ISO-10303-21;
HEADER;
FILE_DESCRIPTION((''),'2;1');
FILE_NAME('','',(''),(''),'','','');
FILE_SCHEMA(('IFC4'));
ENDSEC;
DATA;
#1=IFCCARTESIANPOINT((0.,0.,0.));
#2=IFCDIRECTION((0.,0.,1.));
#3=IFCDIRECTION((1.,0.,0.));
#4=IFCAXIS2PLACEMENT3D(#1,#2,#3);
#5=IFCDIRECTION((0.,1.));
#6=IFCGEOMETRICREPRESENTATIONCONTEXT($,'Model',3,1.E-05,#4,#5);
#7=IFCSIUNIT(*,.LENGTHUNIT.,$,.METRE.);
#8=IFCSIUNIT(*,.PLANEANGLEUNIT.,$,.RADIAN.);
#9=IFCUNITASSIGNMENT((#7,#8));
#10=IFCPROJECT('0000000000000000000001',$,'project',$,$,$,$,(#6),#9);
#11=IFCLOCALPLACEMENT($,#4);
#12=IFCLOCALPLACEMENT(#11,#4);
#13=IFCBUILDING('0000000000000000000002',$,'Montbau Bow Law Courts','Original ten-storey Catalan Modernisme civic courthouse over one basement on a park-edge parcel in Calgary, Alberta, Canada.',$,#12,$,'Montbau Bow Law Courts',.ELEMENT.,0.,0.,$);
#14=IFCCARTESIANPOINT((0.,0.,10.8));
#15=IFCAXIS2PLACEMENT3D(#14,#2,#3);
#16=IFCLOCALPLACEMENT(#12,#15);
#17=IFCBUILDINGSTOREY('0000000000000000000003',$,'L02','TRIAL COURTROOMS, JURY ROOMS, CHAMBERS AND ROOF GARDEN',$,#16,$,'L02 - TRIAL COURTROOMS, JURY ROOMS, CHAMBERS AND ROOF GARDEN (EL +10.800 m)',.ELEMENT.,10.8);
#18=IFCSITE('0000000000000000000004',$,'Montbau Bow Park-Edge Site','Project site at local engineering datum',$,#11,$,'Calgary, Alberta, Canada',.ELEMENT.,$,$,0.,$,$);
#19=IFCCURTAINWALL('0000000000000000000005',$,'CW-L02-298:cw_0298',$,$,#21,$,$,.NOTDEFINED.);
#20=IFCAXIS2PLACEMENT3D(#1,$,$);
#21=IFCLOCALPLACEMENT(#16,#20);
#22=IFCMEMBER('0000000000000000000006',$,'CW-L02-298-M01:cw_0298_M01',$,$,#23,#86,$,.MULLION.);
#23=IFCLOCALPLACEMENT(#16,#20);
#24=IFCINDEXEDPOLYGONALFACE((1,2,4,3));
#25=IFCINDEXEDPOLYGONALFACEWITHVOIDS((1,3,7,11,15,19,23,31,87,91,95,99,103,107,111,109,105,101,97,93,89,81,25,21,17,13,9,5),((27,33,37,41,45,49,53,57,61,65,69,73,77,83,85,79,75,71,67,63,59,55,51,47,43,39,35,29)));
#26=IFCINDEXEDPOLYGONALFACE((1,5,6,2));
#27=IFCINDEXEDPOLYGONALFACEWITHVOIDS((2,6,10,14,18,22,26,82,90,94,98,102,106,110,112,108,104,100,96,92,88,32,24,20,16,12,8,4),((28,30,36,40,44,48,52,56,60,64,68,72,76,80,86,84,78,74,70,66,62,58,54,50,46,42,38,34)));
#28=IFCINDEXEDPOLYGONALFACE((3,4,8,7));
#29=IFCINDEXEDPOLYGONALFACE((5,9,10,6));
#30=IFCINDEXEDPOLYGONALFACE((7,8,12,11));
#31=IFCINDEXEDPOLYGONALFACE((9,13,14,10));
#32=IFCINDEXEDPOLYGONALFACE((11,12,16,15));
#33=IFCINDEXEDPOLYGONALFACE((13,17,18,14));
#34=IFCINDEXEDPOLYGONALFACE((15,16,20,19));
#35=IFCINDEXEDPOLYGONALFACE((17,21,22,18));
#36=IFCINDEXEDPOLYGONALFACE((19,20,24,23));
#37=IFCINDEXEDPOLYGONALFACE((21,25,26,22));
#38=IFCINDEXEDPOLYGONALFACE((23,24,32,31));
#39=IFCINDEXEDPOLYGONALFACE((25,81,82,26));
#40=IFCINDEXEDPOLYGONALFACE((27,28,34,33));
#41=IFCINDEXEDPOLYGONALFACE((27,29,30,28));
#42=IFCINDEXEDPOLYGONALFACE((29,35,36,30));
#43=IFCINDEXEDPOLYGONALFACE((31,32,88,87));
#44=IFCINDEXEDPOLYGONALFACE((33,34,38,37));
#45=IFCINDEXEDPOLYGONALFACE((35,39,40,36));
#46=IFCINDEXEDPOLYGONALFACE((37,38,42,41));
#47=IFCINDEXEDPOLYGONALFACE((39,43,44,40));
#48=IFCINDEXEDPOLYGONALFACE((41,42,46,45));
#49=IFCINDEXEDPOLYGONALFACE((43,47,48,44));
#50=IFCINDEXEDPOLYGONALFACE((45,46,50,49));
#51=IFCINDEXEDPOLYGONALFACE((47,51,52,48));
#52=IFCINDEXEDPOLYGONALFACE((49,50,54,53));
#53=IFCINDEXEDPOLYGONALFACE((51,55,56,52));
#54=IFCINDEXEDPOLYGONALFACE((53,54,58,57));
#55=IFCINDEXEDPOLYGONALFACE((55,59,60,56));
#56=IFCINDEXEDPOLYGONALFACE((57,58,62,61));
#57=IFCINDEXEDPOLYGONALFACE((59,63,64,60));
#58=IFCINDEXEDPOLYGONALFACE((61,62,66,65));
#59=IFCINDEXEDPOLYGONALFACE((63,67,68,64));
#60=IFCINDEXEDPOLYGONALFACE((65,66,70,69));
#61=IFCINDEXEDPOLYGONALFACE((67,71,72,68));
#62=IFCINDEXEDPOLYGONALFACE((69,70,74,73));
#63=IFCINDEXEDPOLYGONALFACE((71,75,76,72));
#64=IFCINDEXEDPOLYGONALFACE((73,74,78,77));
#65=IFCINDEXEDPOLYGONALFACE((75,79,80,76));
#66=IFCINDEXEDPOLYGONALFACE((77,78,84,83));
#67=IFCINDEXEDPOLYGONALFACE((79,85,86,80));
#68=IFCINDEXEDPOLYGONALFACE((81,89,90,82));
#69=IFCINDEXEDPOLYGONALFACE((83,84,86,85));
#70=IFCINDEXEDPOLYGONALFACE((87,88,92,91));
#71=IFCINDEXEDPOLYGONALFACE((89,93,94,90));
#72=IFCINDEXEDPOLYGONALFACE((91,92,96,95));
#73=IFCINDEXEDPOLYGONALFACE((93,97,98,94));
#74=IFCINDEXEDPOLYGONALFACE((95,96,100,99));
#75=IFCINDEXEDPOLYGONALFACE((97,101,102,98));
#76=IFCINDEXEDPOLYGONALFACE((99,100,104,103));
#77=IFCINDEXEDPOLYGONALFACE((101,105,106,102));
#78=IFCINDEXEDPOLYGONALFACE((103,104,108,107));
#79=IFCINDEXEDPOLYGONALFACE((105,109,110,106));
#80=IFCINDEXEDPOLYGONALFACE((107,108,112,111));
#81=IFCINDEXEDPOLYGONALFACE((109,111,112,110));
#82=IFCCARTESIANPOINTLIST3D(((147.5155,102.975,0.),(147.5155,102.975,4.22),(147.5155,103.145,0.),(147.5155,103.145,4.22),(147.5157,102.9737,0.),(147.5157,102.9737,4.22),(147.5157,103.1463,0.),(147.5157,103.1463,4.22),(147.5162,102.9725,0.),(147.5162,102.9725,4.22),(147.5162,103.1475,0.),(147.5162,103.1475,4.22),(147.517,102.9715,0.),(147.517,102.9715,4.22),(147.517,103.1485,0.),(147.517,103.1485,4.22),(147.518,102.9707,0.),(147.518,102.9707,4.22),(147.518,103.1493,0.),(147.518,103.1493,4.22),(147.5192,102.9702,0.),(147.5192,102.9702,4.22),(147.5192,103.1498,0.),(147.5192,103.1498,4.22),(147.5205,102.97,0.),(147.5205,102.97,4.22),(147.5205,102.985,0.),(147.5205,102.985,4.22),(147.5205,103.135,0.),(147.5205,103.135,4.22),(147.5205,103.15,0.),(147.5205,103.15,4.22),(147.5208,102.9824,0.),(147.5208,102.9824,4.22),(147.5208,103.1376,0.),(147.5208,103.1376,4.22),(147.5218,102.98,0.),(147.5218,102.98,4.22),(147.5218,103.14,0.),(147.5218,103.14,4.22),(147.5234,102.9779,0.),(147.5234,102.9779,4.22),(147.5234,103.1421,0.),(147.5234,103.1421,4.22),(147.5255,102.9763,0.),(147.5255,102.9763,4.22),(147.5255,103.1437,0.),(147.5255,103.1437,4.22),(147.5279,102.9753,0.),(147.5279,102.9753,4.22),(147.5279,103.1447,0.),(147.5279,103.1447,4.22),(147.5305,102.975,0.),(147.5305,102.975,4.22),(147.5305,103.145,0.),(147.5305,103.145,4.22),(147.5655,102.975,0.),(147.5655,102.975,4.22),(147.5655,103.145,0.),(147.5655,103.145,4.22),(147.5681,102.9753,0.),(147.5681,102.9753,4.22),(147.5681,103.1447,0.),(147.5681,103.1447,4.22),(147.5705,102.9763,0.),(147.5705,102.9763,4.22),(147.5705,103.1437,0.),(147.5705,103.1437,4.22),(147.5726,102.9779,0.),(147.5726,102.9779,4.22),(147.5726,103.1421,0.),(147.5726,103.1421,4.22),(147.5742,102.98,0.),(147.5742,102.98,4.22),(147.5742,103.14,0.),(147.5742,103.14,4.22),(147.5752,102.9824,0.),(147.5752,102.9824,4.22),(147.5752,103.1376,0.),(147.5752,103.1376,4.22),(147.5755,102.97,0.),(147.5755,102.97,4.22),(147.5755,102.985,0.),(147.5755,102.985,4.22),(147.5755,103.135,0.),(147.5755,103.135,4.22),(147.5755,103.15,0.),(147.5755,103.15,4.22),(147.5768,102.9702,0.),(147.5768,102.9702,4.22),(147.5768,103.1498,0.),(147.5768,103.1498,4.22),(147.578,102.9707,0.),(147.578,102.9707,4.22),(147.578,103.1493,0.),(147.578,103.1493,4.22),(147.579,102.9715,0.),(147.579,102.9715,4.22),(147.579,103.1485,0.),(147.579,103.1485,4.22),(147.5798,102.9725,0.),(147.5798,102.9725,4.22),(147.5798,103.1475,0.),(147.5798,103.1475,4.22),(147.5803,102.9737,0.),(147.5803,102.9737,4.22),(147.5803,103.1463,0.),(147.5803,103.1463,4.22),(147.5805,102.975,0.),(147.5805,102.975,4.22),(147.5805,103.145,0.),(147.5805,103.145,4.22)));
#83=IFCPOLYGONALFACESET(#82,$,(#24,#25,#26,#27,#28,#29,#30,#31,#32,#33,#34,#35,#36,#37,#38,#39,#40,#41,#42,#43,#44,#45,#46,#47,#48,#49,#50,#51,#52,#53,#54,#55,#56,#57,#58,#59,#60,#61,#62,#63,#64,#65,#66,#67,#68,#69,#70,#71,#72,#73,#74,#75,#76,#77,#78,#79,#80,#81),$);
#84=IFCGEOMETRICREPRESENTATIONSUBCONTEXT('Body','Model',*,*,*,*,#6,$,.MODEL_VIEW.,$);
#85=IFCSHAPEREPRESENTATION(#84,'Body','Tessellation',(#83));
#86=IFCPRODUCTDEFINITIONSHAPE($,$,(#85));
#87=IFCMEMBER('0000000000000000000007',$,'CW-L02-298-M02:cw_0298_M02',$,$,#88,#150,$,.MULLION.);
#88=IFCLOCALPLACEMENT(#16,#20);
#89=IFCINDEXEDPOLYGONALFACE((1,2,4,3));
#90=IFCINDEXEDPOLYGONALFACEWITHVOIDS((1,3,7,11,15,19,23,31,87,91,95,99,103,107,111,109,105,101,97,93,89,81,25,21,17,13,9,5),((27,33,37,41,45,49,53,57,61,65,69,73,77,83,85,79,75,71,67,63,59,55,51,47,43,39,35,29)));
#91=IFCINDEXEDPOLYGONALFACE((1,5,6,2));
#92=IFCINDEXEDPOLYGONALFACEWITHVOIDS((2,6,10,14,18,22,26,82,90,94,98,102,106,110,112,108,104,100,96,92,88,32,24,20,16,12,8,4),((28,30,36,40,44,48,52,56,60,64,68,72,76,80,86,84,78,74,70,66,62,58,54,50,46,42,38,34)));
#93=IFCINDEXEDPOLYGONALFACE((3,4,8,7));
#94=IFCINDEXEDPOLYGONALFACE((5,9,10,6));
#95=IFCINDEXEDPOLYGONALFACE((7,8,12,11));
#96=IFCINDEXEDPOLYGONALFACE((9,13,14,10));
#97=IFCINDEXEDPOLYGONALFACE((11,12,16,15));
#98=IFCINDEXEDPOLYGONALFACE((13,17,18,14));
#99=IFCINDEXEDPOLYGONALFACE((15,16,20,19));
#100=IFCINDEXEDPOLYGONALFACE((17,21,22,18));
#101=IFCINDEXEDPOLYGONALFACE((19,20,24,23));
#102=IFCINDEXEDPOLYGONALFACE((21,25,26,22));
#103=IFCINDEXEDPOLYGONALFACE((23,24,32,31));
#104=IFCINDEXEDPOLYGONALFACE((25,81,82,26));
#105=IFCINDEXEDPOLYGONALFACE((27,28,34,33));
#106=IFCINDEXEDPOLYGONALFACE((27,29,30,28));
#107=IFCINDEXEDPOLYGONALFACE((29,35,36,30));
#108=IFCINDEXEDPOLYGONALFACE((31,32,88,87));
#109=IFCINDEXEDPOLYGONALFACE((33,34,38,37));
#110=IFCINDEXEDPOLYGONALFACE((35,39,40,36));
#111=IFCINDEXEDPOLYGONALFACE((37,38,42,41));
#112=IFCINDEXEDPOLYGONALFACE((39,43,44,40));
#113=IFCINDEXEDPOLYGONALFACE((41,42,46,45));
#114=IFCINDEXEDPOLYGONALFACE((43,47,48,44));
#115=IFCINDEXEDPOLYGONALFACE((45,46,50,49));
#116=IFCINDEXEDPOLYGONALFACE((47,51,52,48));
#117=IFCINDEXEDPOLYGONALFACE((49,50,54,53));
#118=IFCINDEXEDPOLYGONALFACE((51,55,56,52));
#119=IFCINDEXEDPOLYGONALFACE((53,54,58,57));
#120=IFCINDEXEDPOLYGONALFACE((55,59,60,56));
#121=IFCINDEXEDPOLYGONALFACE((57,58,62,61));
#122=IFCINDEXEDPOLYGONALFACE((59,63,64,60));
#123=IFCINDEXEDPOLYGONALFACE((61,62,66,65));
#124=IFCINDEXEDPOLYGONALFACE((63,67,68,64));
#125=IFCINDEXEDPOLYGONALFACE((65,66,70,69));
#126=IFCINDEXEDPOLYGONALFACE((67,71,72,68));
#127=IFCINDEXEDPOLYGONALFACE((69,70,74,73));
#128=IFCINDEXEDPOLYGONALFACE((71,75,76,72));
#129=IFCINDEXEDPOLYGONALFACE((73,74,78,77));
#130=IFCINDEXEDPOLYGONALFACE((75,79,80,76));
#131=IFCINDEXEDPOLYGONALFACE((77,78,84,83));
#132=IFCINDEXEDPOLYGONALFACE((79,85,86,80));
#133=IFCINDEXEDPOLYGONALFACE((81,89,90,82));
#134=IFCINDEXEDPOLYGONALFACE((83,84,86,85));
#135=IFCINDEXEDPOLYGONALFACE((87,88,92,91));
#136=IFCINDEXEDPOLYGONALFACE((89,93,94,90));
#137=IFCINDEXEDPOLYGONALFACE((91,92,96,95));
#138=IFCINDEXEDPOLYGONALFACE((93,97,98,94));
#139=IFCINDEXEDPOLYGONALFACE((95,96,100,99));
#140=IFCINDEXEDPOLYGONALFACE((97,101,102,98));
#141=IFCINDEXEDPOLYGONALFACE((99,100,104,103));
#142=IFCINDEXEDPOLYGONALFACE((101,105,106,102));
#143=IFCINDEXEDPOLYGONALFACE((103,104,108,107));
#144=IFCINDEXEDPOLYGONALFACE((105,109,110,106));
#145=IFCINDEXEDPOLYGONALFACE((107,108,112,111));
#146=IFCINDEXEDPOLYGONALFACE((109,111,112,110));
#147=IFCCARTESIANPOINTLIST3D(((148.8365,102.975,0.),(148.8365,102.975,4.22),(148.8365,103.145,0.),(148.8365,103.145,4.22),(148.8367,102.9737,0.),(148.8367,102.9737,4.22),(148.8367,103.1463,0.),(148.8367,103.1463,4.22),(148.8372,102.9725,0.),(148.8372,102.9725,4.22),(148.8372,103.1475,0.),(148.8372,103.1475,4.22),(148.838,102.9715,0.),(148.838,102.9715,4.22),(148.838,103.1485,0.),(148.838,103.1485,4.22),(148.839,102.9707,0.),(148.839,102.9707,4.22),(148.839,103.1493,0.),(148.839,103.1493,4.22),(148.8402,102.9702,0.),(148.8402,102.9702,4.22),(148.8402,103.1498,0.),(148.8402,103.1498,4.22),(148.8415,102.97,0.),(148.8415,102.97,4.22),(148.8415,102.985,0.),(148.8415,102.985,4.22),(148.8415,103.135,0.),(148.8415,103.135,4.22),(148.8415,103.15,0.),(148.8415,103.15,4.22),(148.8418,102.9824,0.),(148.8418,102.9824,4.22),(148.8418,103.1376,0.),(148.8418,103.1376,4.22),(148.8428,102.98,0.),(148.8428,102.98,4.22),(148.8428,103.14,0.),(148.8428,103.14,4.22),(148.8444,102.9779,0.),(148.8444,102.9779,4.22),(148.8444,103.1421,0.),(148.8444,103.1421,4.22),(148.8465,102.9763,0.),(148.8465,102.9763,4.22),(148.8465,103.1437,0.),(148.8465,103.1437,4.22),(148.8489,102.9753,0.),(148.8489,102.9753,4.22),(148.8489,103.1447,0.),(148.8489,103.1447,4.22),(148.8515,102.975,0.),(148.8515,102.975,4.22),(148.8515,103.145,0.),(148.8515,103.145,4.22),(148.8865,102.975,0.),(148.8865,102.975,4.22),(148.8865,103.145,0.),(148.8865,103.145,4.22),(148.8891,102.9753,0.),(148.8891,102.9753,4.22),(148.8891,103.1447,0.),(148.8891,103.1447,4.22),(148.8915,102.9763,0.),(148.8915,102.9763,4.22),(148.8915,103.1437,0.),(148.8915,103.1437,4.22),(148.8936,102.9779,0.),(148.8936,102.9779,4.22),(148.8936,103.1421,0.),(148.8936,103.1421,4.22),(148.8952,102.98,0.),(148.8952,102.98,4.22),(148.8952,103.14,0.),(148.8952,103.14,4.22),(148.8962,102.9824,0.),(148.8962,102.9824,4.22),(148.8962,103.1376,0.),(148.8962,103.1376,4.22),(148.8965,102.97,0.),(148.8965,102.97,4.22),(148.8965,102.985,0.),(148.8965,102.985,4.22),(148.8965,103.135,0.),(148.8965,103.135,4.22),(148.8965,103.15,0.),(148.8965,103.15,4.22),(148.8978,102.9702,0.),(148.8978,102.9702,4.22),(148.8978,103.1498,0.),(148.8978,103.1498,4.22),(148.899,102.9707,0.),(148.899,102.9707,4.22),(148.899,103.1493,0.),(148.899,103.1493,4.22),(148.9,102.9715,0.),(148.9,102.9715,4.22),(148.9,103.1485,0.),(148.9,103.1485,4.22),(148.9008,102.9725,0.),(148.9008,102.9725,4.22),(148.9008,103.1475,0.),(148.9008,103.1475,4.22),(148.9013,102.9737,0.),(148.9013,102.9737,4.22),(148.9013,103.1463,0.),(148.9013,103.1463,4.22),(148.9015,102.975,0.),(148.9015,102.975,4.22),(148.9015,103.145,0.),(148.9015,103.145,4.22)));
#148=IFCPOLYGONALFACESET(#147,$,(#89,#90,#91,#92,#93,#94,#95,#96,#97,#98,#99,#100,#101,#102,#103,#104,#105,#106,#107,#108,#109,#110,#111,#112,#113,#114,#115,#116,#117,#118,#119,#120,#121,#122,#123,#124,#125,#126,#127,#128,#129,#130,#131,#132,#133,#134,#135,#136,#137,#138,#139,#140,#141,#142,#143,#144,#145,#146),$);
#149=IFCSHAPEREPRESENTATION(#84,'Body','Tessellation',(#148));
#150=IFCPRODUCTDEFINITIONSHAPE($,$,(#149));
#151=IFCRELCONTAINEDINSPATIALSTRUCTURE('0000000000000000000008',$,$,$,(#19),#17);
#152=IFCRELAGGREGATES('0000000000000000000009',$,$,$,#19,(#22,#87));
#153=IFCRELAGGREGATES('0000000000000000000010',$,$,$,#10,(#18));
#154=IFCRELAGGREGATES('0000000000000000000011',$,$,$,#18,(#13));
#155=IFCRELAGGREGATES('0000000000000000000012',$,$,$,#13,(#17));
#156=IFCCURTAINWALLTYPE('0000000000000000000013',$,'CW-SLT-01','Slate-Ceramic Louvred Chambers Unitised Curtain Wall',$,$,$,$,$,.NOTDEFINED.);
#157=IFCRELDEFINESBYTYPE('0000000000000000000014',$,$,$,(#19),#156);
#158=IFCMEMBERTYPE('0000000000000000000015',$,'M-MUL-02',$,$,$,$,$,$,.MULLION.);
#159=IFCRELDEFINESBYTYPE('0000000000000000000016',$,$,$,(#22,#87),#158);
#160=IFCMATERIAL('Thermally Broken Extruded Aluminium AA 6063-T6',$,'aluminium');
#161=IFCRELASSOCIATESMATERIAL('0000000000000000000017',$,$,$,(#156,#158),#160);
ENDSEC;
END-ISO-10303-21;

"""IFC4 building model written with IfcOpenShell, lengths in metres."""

from ifc_helpers import new_model, si_unit, direction, frame, origin_with_axes, origin_2d_with_axis, place, context, subcontext, project, spatial, hollow_rectangle, extrude, material, material_profile, profile_set, type_object, element, aggregate, save


model = new_model("IFC4")

# Units and contexts
model_context = context("Model", 3, precision=1e-05, world=origin_with_axes(), true_north=direction((0.0, 1.0)))
body_context = subcontext(model_context, "Body", "Model", "MODEL_VIEW")
ifc_project = project(units=[si_unit("LENGTHUNIT", "METRE"), si_unit("PLANEANGLEUNIT", "RADIAN")], contexts=[model_context])

# Site, building, storey
site_placement = place(None, origin_with_axes())
site = spatial("IfcSite", under=ifc_project, at=site_placement, Name="Montbau Bow Park-Edge Site", Description="Project site at local engineering datum", LongName="Calgary, Alberta, Canada", CompositionType="ELEMENT", RefElevation=0.0)
building_placement = place(site_placement, origin_with_axes())
building = spatial("IfcBuilding", under=site, at=building_placement, Name="Montbau Bow Law Courts", Description="Original ten-storey Catalan Modernisme civic courthouse over one basement on a park-edge parcel in Calgary, Alberta, Canada.", LongName="Montbau Bow Law Courts", CompositionType="ELEMENT", ElevationOfRefHeight=0.0, ElevationOfTerrain=0.0)
storey_placement = place(building_placement, frame((0.0, 0.0, 10.8), z_axis=(0.0, 0.0, 1.0), x_axis=(1.0, 0.0, 0.0)))
storey = spatial("IfcBuildingStorey", under=building, at=storey_placement, Name="L02", Description="TRIAL COURTROOMS, JURY ROOMS, CHAMBERS AND ROOF GARDEN", LongName="L02 - TRIAL COURTROOMS, JURY ROOMS, CHAMBERS AND ROOF GARDEN (EL +10.800 m)", CompositionType="ELEMENT", Elevation=10.8)

# Curtain wall, members
ifc_material_1 = material(Name="Thermally Broken Extruded Aluminium AA 6063-T6", Category="aluminium")
curtain_wall_type = type_object("IfcCurtainWallType", Name="CW-SLT-01", Description="Slate-Ceramic Louvred Chambers Unitised Curtain Wall", PredefinedType="NOTDEFINED", material=ifc_material_1)
curtain_wall_1_placement = place(None, frame((147.515, 103.06, 10.8), z_axis=(0.0, 0.0, 1.0), x_axis=(1.0, 0.0, 0.0)))
curtain_wall_1 = element("IfcCurtainWall", 1, at=curtain_wall_1_placement, inside=storey, type_object=curtain_wall_type, Name="CW-L02-298:cw_0298", PredefinedType="NOTDEFINED")
ifc_material_profile_1 = material_profile(ifc_material_1, hollow_rectangle(XDim=0.065, YDim=0.18, WallThickness=0.005, InnerFilletRadius=0.01, OuterFilletRadius=0.005, at=origin_2d_with_axis()), Name="CWM-180X65", Category="Main", Priority=0)
ifc_profile_set_1 = profile_set([ifc_material_profile_1], Name="Thermally Broken Extruded Aluminium AA 6063-T6")
member_type_1 = type_object("IfcMemberType", Name="M-MUL-02", PredefinedType="MULLION", material=ifc_profile_set_1)
member_1_placement = place(None, frame((147.548, 103.06, 10.8), z_axis=(0.0, 0.0, 1.0), x_axis=(1.0, 0.0, 0.0)))
member_1 = element("IfcMember", 2, at=member_1_placement, type_object=member_type_1, Name="CW-L02-298-M01:cw_0298_M01", PredefinedType="MULLION", context=body_context, shape_type="SweptSolid", body=[
    extrude(hollow_rectangle(XDim=0.065, YDim=0.18, WallThickness=0.005, InnerFilletRadius=0.01, OuterFilletRadius=0.005, at=origin_2d_with_axis()), origin_with_axes(), (0.0, 0.0, 1.0), 4.22),
])
member_2_placement = place(None, frame((148.869, 103.06, 10.8), z_axis=(0.0, 0.0, 1.0), x_axis=(1.0, 0.0, 0.0)))
member_2 = element("IfcMember", 3, at=member_2_placement, type_object=member_type_1, Name="CW-L02-298-M02:cw_0298_M02", PredefinedType="MULLION", context=body_context, shape_type="SweptSolid", body=[
    extrude(hollow_rectangle(XDim=0.065, YDim=0.18, WallThickness=0.005, InnerFilletRadius=0.01, OuterFilletRadius=0.005, at=origin_2d_with_axis()), origin_with_axes(), (0.0, 0.0, 1.0), 4.22),
])

aggregate(curtain_wall_1, [member_1, member_2])

save(model, "model.ifc")
